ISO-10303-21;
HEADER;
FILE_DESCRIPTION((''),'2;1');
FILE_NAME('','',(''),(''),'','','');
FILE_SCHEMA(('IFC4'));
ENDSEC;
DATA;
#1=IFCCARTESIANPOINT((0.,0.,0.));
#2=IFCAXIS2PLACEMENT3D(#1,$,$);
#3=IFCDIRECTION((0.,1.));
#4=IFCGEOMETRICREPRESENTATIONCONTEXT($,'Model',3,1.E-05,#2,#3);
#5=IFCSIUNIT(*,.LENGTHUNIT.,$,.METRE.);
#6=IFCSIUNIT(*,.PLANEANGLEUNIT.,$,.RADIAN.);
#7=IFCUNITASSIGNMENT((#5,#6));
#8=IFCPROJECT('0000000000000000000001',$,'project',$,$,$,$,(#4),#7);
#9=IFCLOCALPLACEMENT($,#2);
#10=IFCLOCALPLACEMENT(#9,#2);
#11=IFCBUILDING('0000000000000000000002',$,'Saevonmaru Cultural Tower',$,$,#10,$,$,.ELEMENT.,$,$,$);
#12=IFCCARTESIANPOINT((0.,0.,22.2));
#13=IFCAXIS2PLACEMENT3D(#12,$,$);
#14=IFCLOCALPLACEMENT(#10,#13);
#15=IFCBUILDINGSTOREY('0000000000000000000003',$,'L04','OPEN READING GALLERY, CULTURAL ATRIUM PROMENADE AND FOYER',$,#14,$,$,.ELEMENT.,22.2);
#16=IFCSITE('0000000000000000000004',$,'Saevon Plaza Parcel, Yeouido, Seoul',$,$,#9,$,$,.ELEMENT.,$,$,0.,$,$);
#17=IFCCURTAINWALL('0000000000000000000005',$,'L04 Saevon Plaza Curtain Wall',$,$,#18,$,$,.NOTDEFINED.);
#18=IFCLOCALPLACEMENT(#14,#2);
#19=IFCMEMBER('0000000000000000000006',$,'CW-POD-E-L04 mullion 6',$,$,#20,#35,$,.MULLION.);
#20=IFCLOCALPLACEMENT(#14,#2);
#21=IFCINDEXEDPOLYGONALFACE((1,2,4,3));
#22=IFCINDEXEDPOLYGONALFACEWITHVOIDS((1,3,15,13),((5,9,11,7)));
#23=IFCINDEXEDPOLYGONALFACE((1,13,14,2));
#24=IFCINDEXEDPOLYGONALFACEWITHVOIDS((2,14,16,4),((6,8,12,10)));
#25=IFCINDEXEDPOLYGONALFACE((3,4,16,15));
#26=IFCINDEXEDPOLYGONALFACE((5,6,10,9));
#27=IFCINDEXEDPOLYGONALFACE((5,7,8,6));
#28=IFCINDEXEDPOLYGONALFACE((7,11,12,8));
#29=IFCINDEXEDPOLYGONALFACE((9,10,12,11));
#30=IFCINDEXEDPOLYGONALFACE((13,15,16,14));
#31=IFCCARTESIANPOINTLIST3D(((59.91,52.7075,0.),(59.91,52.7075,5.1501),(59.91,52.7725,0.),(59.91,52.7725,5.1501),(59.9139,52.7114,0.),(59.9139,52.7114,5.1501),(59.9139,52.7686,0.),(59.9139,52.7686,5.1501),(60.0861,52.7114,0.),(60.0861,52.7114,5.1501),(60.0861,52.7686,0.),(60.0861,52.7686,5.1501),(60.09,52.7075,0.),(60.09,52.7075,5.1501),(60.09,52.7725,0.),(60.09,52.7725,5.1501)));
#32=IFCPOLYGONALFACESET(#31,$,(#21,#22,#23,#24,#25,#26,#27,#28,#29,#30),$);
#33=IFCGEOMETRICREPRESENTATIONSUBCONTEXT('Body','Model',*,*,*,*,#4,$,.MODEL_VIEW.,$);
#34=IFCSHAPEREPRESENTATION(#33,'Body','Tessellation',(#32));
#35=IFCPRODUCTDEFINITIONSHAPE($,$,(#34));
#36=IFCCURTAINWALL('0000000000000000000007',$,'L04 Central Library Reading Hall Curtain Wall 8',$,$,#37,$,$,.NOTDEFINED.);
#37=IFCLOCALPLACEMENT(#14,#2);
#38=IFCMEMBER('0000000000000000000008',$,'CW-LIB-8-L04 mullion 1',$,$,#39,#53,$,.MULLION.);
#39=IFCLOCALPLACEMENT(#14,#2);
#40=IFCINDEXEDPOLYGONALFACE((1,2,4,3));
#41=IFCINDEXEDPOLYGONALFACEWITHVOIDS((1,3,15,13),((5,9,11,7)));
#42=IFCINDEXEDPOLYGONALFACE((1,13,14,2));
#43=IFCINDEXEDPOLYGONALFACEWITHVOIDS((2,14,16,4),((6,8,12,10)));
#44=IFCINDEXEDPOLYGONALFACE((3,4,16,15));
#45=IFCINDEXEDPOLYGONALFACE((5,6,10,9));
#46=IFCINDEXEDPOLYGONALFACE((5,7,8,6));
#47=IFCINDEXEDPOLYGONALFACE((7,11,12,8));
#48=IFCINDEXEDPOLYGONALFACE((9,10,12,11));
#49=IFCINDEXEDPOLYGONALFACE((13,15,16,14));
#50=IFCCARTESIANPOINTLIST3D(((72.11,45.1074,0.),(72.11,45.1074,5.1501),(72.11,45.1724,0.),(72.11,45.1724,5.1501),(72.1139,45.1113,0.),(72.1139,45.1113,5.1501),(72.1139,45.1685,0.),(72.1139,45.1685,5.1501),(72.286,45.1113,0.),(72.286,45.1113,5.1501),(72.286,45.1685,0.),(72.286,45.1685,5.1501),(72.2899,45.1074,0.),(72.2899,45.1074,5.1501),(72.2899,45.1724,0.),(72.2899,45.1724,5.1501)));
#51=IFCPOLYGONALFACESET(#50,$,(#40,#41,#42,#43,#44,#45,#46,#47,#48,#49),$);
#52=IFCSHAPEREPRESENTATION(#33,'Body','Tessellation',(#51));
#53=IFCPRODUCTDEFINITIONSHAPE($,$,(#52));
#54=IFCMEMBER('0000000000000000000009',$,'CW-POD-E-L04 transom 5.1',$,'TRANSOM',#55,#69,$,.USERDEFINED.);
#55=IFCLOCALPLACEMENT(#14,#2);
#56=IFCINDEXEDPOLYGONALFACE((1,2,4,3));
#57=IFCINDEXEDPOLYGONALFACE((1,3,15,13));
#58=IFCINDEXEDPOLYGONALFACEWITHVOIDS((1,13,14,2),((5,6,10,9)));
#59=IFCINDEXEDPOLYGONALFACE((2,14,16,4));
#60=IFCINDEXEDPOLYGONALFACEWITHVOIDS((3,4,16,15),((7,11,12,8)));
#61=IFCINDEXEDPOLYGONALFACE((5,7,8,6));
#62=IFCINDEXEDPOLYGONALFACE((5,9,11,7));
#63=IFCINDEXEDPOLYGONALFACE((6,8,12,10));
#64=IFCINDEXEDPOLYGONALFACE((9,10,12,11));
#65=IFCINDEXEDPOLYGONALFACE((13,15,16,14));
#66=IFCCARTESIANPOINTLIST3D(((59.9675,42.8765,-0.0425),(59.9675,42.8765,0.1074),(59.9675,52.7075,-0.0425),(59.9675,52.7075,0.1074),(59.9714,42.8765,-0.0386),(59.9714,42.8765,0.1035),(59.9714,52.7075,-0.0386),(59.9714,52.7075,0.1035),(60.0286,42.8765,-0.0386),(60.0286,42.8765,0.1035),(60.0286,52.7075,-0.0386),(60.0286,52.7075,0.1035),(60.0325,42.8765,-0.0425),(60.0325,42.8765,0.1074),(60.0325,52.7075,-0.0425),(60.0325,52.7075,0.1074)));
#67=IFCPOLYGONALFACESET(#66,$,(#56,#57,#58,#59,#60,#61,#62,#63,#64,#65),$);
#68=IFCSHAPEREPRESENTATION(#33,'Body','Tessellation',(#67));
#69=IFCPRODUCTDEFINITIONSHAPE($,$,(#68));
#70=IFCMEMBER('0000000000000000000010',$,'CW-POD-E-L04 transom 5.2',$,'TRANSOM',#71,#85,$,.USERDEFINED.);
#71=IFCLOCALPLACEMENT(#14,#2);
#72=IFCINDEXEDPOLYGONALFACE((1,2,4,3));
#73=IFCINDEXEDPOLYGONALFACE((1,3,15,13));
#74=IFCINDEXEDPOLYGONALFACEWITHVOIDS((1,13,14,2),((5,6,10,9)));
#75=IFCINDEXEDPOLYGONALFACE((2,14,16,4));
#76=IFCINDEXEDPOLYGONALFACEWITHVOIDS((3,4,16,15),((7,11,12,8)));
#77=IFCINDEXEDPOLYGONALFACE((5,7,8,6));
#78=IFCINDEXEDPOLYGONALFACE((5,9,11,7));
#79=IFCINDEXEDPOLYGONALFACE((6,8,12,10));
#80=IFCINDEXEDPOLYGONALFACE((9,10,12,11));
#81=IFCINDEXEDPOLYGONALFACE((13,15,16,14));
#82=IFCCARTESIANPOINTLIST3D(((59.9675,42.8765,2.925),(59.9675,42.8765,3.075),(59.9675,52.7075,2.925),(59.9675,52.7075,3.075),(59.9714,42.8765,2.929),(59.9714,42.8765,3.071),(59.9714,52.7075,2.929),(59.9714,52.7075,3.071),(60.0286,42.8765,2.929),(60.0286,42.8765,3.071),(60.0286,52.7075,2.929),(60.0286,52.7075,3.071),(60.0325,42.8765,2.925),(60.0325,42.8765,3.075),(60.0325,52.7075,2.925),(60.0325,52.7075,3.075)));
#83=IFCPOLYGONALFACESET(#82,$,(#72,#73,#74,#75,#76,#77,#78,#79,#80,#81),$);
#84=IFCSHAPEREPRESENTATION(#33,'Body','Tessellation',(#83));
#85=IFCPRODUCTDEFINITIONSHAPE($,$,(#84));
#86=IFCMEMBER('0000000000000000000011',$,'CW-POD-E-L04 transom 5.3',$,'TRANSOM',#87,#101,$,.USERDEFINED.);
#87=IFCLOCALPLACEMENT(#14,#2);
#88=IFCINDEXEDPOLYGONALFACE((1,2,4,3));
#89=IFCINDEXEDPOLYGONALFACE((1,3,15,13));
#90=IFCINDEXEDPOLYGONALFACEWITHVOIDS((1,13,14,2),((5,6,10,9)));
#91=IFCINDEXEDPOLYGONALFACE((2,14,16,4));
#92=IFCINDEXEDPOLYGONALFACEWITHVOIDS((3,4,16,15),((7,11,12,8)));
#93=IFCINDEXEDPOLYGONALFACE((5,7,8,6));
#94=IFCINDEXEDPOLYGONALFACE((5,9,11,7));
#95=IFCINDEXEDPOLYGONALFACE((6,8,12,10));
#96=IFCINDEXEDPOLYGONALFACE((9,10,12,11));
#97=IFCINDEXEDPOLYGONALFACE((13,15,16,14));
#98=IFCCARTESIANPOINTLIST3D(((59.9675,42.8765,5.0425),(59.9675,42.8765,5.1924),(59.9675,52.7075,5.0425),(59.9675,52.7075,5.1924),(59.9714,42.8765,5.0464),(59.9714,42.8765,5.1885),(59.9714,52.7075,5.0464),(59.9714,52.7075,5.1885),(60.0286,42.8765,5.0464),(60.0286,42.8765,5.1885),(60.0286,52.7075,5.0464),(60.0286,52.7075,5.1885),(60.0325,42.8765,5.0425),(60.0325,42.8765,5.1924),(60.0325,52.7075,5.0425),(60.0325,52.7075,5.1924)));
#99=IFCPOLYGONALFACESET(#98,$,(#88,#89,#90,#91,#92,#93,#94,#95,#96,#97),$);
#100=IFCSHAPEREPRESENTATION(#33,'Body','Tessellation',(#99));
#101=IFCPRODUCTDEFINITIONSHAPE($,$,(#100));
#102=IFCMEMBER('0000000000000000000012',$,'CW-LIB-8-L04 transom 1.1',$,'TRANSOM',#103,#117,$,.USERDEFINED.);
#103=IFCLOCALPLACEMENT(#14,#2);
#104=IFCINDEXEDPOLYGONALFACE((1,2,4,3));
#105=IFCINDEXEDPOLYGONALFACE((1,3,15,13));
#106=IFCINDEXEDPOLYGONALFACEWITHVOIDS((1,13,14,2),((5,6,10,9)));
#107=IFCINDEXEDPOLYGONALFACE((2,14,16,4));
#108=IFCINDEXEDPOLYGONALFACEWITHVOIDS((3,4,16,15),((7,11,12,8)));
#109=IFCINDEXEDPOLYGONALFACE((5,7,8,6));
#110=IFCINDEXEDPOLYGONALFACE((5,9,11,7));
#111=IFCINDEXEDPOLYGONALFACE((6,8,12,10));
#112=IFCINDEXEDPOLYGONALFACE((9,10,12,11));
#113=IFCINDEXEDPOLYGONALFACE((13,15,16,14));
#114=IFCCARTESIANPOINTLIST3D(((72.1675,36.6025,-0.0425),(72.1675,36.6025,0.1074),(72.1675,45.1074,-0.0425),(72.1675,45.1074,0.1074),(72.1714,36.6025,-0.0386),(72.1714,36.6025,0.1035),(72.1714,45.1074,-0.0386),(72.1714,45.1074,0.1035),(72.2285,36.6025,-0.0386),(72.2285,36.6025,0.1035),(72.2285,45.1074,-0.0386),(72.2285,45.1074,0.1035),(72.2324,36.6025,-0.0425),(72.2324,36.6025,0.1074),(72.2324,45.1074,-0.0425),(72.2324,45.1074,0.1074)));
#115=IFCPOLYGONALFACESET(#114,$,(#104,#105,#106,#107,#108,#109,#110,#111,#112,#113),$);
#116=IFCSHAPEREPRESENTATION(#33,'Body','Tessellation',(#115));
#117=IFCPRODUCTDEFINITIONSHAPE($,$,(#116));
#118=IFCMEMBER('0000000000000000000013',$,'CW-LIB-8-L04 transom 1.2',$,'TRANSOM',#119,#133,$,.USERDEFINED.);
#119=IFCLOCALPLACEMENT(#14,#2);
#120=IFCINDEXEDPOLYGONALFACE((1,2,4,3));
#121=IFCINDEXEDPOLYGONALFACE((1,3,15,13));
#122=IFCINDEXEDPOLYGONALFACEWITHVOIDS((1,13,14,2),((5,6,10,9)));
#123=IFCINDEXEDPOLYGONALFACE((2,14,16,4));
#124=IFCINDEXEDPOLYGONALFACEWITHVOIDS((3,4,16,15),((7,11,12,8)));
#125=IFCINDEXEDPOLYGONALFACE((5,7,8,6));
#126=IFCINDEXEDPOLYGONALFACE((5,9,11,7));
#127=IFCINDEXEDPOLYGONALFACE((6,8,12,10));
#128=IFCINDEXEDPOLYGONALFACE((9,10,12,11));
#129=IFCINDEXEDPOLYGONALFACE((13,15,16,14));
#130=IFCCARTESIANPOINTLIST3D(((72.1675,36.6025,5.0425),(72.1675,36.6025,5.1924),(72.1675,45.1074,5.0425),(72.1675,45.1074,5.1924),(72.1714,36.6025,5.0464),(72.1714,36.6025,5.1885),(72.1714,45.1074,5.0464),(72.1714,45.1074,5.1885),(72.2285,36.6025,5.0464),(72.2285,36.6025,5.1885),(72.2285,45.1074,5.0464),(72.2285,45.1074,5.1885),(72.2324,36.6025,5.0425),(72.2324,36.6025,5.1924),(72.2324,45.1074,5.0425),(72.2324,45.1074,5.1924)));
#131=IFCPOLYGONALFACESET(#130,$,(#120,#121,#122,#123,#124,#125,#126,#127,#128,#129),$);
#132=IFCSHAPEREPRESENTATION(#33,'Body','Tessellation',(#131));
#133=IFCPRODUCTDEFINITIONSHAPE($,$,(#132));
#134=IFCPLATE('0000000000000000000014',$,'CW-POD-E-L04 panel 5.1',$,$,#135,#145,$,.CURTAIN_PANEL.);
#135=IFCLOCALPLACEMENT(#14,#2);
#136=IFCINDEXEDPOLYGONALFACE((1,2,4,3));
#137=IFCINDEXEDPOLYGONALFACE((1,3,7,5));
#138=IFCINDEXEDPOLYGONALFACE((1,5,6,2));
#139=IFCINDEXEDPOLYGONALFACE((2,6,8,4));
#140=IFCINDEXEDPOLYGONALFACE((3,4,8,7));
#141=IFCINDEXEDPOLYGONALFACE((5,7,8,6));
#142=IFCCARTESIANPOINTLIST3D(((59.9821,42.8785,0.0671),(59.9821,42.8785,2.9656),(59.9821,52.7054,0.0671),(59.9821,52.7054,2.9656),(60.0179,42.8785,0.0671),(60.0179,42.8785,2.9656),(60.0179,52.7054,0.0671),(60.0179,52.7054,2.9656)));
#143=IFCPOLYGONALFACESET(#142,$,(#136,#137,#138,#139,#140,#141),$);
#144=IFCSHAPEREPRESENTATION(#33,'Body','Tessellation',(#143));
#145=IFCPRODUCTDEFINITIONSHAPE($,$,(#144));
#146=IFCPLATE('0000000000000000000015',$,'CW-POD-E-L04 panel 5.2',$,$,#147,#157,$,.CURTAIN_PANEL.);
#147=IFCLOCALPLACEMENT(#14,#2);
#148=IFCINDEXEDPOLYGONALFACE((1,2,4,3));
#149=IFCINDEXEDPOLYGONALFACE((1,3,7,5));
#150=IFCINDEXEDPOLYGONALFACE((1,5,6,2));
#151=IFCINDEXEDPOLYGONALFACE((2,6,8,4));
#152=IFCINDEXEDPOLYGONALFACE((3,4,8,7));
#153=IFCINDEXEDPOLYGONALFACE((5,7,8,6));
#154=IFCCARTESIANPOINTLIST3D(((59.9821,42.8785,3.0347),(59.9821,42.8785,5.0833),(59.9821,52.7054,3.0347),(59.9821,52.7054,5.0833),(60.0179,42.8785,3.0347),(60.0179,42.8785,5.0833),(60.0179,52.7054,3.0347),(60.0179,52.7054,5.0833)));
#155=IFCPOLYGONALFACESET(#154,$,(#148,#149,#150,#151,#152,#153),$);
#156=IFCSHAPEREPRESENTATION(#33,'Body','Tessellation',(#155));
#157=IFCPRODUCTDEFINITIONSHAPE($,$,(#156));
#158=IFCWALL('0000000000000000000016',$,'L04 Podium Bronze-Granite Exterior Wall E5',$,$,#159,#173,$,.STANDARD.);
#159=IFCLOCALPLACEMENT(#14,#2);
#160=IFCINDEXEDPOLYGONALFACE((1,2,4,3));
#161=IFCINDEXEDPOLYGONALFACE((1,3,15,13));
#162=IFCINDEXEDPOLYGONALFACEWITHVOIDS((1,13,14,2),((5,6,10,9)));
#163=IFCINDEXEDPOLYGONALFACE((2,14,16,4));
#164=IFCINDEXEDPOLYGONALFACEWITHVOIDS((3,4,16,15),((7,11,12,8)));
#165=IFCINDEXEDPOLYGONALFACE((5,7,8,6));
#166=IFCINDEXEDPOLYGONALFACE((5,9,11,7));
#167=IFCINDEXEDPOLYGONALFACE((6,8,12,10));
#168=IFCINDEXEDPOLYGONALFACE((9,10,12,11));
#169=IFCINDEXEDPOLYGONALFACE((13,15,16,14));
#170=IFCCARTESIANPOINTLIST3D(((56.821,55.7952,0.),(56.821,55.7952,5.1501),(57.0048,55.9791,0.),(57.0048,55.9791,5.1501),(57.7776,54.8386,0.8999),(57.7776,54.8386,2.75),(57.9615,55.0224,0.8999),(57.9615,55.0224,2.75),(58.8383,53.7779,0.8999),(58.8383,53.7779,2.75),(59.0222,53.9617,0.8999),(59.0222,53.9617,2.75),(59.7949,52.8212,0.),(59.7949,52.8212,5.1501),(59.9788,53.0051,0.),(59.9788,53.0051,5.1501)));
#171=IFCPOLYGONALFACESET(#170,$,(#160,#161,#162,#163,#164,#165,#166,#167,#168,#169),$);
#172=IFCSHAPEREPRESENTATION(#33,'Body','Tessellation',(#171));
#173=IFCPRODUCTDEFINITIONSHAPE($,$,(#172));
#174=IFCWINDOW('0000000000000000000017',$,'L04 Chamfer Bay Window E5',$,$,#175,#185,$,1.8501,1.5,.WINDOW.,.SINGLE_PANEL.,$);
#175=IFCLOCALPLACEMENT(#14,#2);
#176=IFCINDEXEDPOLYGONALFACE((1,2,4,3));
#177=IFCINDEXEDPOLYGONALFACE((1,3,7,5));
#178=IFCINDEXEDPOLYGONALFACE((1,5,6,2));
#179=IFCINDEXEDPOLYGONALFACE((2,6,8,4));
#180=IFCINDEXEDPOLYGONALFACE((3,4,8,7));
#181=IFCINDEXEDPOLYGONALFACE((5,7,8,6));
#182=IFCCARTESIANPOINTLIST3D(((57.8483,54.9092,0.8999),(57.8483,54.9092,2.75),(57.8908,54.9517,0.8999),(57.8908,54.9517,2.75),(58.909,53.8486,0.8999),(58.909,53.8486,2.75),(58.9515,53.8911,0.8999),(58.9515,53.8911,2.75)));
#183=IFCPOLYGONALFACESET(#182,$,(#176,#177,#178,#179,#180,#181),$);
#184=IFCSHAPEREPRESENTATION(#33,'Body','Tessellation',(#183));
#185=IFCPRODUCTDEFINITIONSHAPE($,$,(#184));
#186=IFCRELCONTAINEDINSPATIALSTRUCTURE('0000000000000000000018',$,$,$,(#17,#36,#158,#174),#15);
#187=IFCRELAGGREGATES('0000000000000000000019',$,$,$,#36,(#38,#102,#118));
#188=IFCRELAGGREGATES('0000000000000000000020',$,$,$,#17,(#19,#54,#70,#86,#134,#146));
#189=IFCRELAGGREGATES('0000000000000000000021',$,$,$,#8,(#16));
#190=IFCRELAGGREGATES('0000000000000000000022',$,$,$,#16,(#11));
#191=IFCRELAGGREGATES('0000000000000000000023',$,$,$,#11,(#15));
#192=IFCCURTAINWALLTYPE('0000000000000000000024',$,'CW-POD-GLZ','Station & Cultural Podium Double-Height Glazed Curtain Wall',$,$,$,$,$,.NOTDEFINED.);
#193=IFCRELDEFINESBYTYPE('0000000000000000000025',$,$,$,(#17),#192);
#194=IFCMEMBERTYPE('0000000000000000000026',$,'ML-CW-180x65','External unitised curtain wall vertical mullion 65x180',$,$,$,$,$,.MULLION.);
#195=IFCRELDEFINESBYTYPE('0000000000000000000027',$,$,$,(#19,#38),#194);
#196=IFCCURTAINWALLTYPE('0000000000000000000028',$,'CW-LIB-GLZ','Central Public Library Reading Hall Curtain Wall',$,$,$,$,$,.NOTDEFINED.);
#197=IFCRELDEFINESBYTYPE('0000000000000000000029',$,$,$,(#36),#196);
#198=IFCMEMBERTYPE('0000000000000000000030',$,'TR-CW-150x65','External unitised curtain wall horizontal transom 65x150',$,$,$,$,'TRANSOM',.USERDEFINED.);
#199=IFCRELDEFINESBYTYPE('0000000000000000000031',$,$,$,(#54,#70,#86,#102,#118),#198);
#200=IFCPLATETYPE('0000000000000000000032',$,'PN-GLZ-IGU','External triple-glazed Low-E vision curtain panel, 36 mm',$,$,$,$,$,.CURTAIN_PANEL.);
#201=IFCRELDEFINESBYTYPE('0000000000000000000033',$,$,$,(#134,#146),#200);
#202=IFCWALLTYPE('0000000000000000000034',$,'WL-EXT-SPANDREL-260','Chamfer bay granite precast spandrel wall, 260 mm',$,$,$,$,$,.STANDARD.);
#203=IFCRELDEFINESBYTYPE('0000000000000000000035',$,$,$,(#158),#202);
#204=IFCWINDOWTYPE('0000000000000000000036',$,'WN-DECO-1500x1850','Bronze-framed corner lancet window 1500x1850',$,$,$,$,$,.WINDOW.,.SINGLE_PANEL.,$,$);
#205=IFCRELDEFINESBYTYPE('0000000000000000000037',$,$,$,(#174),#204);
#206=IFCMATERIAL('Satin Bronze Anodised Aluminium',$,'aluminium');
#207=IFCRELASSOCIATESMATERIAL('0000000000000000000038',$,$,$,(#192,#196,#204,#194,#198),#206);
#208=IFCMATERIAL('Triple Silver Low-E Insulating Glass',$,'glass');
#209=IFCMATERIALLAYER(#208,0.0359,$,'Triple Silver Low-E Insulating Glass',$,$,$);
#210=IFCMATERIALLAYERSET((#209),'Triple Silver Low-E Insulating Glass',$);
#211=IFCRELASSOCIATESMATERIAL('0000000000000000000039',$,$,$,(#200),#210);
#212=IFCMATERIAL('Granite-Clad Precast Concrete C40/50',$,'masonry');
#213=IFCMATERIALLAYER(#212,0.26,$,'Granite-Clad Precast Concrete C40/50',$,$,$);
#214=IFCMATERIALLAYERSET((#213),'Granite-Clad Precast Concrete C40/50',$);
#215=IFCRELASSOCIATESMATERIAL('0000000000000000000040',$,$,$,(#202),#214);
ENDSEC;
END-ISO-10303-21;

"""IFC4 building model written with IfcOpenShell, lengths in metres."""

from ifc_helpers import new_model, si_unit, direction, frame, frame_2d, origin, origin_2d, place, context, subcontext, project, spatial, rectangle, hollow_rectangle, extrude, material, layer, layer_set, material_profile, profile_set, type_object, element, fill, aggregate, save


model = new_model("IFC4")

# Units and contexts
model_context = context("Model", 3, precision=1e-05, world=origin(), true_north=direction((0.0, 1.0)))
body_context = subcontext(model_context, "Body", "Model", "MODEL_VIEW")
ifc_project = project(units=[si_unit("LENGTHUNIT", "METRE"), si_unit("PLANEANGLEUNIT", "RADIAN")], contexts=[model_context])

# Site, building, storey
site_placement = place(None, origin())
site = spatial("IfcSite", under=ifc_project, at=site_placement, Name="Saevon Plaza Parcel, Yeouido, Seoul", CompositionType="ELEMENT", RefElevation=0.0)
building_placement = place(site_placement, origin())
building = spatial("IfcBuilding", under=site, at=building_placement, Name="Saevonmaru Cultural Tower", CompositionType="ELEMENT")
storey_placement = place(building_placement, frame((0.0, 0.0, 22.2)))
storey = spatial("IfcBuildingStorey", under=building, at=storey_placement, Name="L04", Description="OPEN READING GALLERY, CULTURAL ATRIUM PROMENADE AND FOYER", CompositionType="ELEMENT", Elevation=22.2)

# Curtain wall, member
ifc_material_1 = material(Name="Satin Bronze Anodised Aluminium", Category="aluminium")
curtain_wall_type_1 = type_object("IfcCurtainWallType", Name="CW-POD-GLZ", Description="Station & Cultural Podium Double-Height Glazed Curtain Wall", PredefinedType="NOTDEFINED", material=ifc_material_1)
curtain_wall_1_placement = place(storey_placement, origin())
curtain_wall_1 = element("IfcCurtainWall", 1, at=curtain_wall_1_placement, inside=storey, type_object=curtain_wall_type_1, Name="L04 Saevon Plaza Curtain Wall", PredefinedType="NOTDEFINED")
ifc_material_profile_1 = material_profile(ifc_material_1, hollow_rectangle(XDim=0.0649, YDim=0.1799, WallThickness=0.0039, at=origin_2d()), Name="ALU-MULL-180x65x4")
ifc_profile_set_1 = profile_set([ifc_material_profile_1], Name="Satin Bronze Anodised Aluminium")
member_type_1 = type_object("IfcMemberType", Name="ML-CW-180x65", Description="External unitised curtain wall vertical mullion 65x180", PredefinedType="MULLION", material=ifc_profile_set_1)
member_1_placement = place(storey_placement, frame((60.0, 52.74, 0.0), z_axis=(0.0, 0.0, 1.0), x_axis=(0.0, 1.0, 0.0)))
member_1 = element("IfcMember", 2, at=member_1_placement, type_object=member_type_1, Name="CW-POD-E-L04 mullion 6", PredefinedType="MULLION", context=body_context, shape_type="SweptSolid", body=[
    extrude(hollow_rectangle(XDim=0.0649, YDim=0.1799, WallThickness=0.0039, at=origin_2d()), origin(), (0.0, 0.0, 1.0), 5.1501),
])

# Curtain wall, member
curtain_wall_type_2 = type_object("IfcCurtainWallType", Name="CW-LIB-GLZ", Description="Central Public Library Reading Hall Curtain Wall", PredefinedType="NOTDEFINED", material=ifc_material_1)
curtain_wall_2_placement = place(storey_placement, origin())
curtain_wall_2 = element("IfcCurtainWall", 3, at=curtain_wall_2_placement, inside=storey, type_object=curtain_wall_type_2, Name="L04 Central Library Reading Hall Curtain Wall 8", PredefinedType="NOTDEFINED")
member_2_placement = place(storey_placement, frame((72.2, 45.1399, 0.0), z_axis=(0.0, 0.0, 1.0), x_axis=(0.0, -1.0, 0.0)))
member_2 = element("IfcMember", 4, at=member_2_placement, type_object=member_type_1, Name="CW-LIB-8-L04 mullion 1", PredefinedType="MULLION", context=body_context, shape_type="SweptSolid", body=[
    extrude(hollow_rectangle(XDim=0.0649, YDim=0.1799, WallThickness=0.0039, at=origin_2d()), origin(), (0.0, 0.0, 1.0), 5.1501),
])

# Members
ifc_material_profile_2 = material_profile(ifc_material_1, hollow_rectangle(XDim=0.0649, YDim=0.1499, WallThickness=0.0039, at=origin_2d()), Name="ALU-TRAN-150x65x4")
ifc_profile_set_2 = profile_set([ifc_material_profile_2], Name="Satin Bronze Anodised Aluminium")
member_type_2 = type_object("IfcMemberType", Name="TR-CW-150x65", Description="External unitised curtain wall horizontal transom 65x150", ElementType="TRANSOM", PredefinedType="USERDEFINED", material=ifc_profile_set_2)
member_3_placement = place(storey_placement, frame((60.0, 42.8765, 0.0325), z_axis=(0.0, 1.0, 0.0), x_axis=(-1.0, 0.0, 0.0)))
member_3 = element("IfcMember", 5, at=member_3_placement, type_object=member_type_2, Name="CW-POD-E-L04 transom 5.1", ObjectType="TRANSOM", PredefinedType="USERDEFINED", context=body_context, shape_type="SweptSolid", body=[
    extrude(hollow_rectangle(XDim=0.0649, YDim=0.1499, WallThickness=0.0039, at=origin_2d()), origin(), (0.0, 0.0, 1.0), 9.8311),
])
member_4_placement = place(storey_placement, frame((60.0, 42.8765, 3.0), z_axis=(0.0, 1.0, 0.0), x_axis=(-1.0, 0.0, 0.0)))
member_4 = element("IfcMember", 6, at=member_4_placement, type_object=member_type_2, Name="CW-POD-E-L04 transom 5.2", ObjectType="TRANSOM", PredefinedType="USERDEFINED", context=body_context, shape_type="SweptSolid", body=[
    extrude(hollow_rectangle(XDim=0.0649, YDim=0.1499, WallThickness=0.0039, at=origin_2d()), origin(), (0.0, 0.0, 1.0), 9.8311),
])
member_5_placement = place(storey_placement, frame((60.0, 42.8765, 5.1174), z_axis=(0.0, 1.0, 0.0), x_axis=(-1.0, 0.0, 0.0)))
member_5 = element("IfcMember", 7, at=member_5_placement, type_object=member_type_2, Name="CW-POD-E-L04 transom 5.3", ObjectType="TRANSOM", PredefinedType="USERDEFINED", context=body_context, shape_type="SweptSolid", body=[
    extrude(hollow_rectangle(XDim=0.0649, YDim=0.1499, WallThickness=0.0039, at=origin_2d()), origin(), (0.0, 0.0, 1.0), 9.8311),
])
member_6_placement = place(storey_placement, frame((72.2, 45.1074, 0.0325), z_axis=(0.0, -1.0, 0.0), x_axis=(1.0, 0.0, 0.0)))
member_6 = element("IfcMember", 8, at=member_6_placement, type_object=member_type_2, Name="CW-LIB-8-L04 transom 1.1", ObjectType="TRANSOM", PredefinedType="USERDEFINED", context=body_context, shape_type="SweptSolid", body=[
    extrude(hollow_rectangle(XDim=0.0649, YDim=0.1499, WallThickness=0.0039, at=origin_2d()), origin(), (0.0, 0.0, 1.0), 8.5049),
])
member_7_placement = place(storey_placement, frame((72.2, 45.1074, 5.1174), z_axis=(0.0, -1.0, 0.0), x_axis=(1.0, 0.0, 0.0)))
member_7 = element("IfcMember", 9, at=member_7_placement, type_object=member_type_2, Name="CW-LIB-8-L04 transom 1.2", ObjectType="TRANSOM", PredefinedType="USERDEFINED", context=body_context, shape_type="SweptSolid", body=[
    extrude(hollow_rectangle(XDim=0.0649, YDim=0.1499, WallThickness=0.0039, at=origin_2d()), origin(), (0.0, 0.0, 1.0), 8.5049),
])
aggregate(curtain_wall_2, [member_2, member_6, member_7])

# Plates
ifc_material_2 = material(Name="Triple Silver Low-E Insulating Glass", Category="glass")
ifc_layer_1 = layer(ifc_material_2, 0.0359, Name="Triple Silver Low-E Insulating Glass")
ifc_layer_set_1 = layer_set([ifc_layer_1], Name="Triple Silver Low-E Insulating Glass")
plate_type = type_object("IfcPlateType", Name="PN-GLZ-IGU", Description="External triple-glazed Low-E vision curtain panel, 36 mm", PredefinedType="CURTAIN_PANEL", material=ifc_layer_set_1)
plate_1_placement = place(storey_placement, frame((60.0, 47.792, 0.0671), z_axis=(0.0, 0.0, 1.0), x_axis=(0.0, 1.0, 0.0)))
plate_1 = element("IfcPlate", 10, at=plate_1_placement, type_object=plate_type, Name="CW-POD-E-L04 panel 5.1", PredefinedType="CURTAIN_PANEL", context=body_context, shape_type="SweptSolid", body=[
    extrude(rectangle(XDim=9.8269, YDim=0.0359, at=origin_2d()), origin(), (0.0, 0.0, 1.0), 2.8984),
])
plate_2_placement = place(storey_placement, frame((60.0, 47.792, 3.0347), z_axis=(0.0, 0.0, 1.0), x_axis=(0.0, 1.0, 0.0)))
plate_2 = element("IfcPlate", 11, at=plate_2_placement, type_object=plate_type, Name="CW-POD-E-L04 panel 5.2", PredefinedType="CURTAIN_PANEL", context=body_context, shape_type="SweptSolid", body=[
    extrude(rectangle(XDim=9.8269, YDim=0.0359, at=origin_2d()), origin(), (0.0, 0.0, 1.0), 2.0486),
])
aggregate(curtain_wall_1, [member_1, member_3, member_4, member_5, plate_1, plate_2])

# Wall, opening, window
ifc_material_3 = material(Name="Granite-Clad Precast Concrete C40/50", Category="masonry")
ifc_layer_2 = layer(ifc_material_3, 0.26, Name="Granite-Clad Precast Concrete C40/50")
ifc_layer_set_2 = layer_set([ifc_layer_2], Name="Granite-Clad Precast Concrete C40/50")
wall_type_1 = type_object("IfcWallType", Name="WL-EXT-SPANDREL-260", Description="Chamfer bay granite precast spandrel wall, 260 mm", PredefinedType="STANDARD", material=ifc_layer_set_2)
wall_1_placement = place(storey_placement, frame((59.887, 52.9131, 0.0), z_axis=(0.0, 0.0, 1.0), x_axis=(-0.707107, 0.707107, 0.0)))
wall_1 = element("IfcWall", 12, at=wall_1_placement, inside=storey, type_object=wall_type_1, Name="L04 Podium Bronze-Granite Exterior Wall E5", PredefinedType="STANDARD", context=body_context, shape_type="SweptSolid", body=[
    extrude(rectangle(XDim=4.2058, YDim=0.26, at=frame_2d((2.103, 0.0))), origin(), (0.0, 0.0, 1.0), 5.1501),
])
opening_1_placement = place(wall_1_placement, frame((1.353, 0.0, 0.8999)))
opening_1 = element("IfcOpeningElement", 13, at=opening_1_placement, cuts=wall_1, PredefinedType="OPENING", context=body_context, shape_type="SweptSolid", body=[
    extrude(rectangle(XDim=1.5, YDim=1.8501, at=frame_2d((0.75, 0.925))), frame((0.0, 0.1401, 0.0), z_axis=(0.0, -1.0, 0.0), x_axis=(1.0, 0.0, 0.0)), (0.0, 0.0, 1.0), 0.28),
])
window_type_1 = type_object("IfcWindowType", Name="WN-DECO-1500x1850", Description="Bronze-framed corner lancet window 1500x1850", PartitioningType="SINGLE_PANEL", PredefinedType="WINDOW", material=ifc_material_1)
window_1_placement = place(opening_1_placement, origin())
window_1 = element("IfcWindow", 14, at=window_1_placement, inside=storey, type_object=window_type_1, Name="L04 Chamfer Bay Window E5", OverallHeight=1.8501, OverallWidth=1.5, PartitioningType="SINGLE_PANEL", PredefinedType="WINDOW", context=body_context, shape_type="SweptSolid", body=[
    extrude(rectangle(XDim=1.5, YDim=1.8501, at=frame_2d((0.75, 0.925))), frame((0.0, 0.03, 0.0), z_axis=(0.0, -1.0, 0.0), x_axis=(1.0, 0.0, 0.0)), (0.0, 0.0, 1.0), 0.0601),
])
fill(opening_1, window_1)

save(model, "model.ifc")
